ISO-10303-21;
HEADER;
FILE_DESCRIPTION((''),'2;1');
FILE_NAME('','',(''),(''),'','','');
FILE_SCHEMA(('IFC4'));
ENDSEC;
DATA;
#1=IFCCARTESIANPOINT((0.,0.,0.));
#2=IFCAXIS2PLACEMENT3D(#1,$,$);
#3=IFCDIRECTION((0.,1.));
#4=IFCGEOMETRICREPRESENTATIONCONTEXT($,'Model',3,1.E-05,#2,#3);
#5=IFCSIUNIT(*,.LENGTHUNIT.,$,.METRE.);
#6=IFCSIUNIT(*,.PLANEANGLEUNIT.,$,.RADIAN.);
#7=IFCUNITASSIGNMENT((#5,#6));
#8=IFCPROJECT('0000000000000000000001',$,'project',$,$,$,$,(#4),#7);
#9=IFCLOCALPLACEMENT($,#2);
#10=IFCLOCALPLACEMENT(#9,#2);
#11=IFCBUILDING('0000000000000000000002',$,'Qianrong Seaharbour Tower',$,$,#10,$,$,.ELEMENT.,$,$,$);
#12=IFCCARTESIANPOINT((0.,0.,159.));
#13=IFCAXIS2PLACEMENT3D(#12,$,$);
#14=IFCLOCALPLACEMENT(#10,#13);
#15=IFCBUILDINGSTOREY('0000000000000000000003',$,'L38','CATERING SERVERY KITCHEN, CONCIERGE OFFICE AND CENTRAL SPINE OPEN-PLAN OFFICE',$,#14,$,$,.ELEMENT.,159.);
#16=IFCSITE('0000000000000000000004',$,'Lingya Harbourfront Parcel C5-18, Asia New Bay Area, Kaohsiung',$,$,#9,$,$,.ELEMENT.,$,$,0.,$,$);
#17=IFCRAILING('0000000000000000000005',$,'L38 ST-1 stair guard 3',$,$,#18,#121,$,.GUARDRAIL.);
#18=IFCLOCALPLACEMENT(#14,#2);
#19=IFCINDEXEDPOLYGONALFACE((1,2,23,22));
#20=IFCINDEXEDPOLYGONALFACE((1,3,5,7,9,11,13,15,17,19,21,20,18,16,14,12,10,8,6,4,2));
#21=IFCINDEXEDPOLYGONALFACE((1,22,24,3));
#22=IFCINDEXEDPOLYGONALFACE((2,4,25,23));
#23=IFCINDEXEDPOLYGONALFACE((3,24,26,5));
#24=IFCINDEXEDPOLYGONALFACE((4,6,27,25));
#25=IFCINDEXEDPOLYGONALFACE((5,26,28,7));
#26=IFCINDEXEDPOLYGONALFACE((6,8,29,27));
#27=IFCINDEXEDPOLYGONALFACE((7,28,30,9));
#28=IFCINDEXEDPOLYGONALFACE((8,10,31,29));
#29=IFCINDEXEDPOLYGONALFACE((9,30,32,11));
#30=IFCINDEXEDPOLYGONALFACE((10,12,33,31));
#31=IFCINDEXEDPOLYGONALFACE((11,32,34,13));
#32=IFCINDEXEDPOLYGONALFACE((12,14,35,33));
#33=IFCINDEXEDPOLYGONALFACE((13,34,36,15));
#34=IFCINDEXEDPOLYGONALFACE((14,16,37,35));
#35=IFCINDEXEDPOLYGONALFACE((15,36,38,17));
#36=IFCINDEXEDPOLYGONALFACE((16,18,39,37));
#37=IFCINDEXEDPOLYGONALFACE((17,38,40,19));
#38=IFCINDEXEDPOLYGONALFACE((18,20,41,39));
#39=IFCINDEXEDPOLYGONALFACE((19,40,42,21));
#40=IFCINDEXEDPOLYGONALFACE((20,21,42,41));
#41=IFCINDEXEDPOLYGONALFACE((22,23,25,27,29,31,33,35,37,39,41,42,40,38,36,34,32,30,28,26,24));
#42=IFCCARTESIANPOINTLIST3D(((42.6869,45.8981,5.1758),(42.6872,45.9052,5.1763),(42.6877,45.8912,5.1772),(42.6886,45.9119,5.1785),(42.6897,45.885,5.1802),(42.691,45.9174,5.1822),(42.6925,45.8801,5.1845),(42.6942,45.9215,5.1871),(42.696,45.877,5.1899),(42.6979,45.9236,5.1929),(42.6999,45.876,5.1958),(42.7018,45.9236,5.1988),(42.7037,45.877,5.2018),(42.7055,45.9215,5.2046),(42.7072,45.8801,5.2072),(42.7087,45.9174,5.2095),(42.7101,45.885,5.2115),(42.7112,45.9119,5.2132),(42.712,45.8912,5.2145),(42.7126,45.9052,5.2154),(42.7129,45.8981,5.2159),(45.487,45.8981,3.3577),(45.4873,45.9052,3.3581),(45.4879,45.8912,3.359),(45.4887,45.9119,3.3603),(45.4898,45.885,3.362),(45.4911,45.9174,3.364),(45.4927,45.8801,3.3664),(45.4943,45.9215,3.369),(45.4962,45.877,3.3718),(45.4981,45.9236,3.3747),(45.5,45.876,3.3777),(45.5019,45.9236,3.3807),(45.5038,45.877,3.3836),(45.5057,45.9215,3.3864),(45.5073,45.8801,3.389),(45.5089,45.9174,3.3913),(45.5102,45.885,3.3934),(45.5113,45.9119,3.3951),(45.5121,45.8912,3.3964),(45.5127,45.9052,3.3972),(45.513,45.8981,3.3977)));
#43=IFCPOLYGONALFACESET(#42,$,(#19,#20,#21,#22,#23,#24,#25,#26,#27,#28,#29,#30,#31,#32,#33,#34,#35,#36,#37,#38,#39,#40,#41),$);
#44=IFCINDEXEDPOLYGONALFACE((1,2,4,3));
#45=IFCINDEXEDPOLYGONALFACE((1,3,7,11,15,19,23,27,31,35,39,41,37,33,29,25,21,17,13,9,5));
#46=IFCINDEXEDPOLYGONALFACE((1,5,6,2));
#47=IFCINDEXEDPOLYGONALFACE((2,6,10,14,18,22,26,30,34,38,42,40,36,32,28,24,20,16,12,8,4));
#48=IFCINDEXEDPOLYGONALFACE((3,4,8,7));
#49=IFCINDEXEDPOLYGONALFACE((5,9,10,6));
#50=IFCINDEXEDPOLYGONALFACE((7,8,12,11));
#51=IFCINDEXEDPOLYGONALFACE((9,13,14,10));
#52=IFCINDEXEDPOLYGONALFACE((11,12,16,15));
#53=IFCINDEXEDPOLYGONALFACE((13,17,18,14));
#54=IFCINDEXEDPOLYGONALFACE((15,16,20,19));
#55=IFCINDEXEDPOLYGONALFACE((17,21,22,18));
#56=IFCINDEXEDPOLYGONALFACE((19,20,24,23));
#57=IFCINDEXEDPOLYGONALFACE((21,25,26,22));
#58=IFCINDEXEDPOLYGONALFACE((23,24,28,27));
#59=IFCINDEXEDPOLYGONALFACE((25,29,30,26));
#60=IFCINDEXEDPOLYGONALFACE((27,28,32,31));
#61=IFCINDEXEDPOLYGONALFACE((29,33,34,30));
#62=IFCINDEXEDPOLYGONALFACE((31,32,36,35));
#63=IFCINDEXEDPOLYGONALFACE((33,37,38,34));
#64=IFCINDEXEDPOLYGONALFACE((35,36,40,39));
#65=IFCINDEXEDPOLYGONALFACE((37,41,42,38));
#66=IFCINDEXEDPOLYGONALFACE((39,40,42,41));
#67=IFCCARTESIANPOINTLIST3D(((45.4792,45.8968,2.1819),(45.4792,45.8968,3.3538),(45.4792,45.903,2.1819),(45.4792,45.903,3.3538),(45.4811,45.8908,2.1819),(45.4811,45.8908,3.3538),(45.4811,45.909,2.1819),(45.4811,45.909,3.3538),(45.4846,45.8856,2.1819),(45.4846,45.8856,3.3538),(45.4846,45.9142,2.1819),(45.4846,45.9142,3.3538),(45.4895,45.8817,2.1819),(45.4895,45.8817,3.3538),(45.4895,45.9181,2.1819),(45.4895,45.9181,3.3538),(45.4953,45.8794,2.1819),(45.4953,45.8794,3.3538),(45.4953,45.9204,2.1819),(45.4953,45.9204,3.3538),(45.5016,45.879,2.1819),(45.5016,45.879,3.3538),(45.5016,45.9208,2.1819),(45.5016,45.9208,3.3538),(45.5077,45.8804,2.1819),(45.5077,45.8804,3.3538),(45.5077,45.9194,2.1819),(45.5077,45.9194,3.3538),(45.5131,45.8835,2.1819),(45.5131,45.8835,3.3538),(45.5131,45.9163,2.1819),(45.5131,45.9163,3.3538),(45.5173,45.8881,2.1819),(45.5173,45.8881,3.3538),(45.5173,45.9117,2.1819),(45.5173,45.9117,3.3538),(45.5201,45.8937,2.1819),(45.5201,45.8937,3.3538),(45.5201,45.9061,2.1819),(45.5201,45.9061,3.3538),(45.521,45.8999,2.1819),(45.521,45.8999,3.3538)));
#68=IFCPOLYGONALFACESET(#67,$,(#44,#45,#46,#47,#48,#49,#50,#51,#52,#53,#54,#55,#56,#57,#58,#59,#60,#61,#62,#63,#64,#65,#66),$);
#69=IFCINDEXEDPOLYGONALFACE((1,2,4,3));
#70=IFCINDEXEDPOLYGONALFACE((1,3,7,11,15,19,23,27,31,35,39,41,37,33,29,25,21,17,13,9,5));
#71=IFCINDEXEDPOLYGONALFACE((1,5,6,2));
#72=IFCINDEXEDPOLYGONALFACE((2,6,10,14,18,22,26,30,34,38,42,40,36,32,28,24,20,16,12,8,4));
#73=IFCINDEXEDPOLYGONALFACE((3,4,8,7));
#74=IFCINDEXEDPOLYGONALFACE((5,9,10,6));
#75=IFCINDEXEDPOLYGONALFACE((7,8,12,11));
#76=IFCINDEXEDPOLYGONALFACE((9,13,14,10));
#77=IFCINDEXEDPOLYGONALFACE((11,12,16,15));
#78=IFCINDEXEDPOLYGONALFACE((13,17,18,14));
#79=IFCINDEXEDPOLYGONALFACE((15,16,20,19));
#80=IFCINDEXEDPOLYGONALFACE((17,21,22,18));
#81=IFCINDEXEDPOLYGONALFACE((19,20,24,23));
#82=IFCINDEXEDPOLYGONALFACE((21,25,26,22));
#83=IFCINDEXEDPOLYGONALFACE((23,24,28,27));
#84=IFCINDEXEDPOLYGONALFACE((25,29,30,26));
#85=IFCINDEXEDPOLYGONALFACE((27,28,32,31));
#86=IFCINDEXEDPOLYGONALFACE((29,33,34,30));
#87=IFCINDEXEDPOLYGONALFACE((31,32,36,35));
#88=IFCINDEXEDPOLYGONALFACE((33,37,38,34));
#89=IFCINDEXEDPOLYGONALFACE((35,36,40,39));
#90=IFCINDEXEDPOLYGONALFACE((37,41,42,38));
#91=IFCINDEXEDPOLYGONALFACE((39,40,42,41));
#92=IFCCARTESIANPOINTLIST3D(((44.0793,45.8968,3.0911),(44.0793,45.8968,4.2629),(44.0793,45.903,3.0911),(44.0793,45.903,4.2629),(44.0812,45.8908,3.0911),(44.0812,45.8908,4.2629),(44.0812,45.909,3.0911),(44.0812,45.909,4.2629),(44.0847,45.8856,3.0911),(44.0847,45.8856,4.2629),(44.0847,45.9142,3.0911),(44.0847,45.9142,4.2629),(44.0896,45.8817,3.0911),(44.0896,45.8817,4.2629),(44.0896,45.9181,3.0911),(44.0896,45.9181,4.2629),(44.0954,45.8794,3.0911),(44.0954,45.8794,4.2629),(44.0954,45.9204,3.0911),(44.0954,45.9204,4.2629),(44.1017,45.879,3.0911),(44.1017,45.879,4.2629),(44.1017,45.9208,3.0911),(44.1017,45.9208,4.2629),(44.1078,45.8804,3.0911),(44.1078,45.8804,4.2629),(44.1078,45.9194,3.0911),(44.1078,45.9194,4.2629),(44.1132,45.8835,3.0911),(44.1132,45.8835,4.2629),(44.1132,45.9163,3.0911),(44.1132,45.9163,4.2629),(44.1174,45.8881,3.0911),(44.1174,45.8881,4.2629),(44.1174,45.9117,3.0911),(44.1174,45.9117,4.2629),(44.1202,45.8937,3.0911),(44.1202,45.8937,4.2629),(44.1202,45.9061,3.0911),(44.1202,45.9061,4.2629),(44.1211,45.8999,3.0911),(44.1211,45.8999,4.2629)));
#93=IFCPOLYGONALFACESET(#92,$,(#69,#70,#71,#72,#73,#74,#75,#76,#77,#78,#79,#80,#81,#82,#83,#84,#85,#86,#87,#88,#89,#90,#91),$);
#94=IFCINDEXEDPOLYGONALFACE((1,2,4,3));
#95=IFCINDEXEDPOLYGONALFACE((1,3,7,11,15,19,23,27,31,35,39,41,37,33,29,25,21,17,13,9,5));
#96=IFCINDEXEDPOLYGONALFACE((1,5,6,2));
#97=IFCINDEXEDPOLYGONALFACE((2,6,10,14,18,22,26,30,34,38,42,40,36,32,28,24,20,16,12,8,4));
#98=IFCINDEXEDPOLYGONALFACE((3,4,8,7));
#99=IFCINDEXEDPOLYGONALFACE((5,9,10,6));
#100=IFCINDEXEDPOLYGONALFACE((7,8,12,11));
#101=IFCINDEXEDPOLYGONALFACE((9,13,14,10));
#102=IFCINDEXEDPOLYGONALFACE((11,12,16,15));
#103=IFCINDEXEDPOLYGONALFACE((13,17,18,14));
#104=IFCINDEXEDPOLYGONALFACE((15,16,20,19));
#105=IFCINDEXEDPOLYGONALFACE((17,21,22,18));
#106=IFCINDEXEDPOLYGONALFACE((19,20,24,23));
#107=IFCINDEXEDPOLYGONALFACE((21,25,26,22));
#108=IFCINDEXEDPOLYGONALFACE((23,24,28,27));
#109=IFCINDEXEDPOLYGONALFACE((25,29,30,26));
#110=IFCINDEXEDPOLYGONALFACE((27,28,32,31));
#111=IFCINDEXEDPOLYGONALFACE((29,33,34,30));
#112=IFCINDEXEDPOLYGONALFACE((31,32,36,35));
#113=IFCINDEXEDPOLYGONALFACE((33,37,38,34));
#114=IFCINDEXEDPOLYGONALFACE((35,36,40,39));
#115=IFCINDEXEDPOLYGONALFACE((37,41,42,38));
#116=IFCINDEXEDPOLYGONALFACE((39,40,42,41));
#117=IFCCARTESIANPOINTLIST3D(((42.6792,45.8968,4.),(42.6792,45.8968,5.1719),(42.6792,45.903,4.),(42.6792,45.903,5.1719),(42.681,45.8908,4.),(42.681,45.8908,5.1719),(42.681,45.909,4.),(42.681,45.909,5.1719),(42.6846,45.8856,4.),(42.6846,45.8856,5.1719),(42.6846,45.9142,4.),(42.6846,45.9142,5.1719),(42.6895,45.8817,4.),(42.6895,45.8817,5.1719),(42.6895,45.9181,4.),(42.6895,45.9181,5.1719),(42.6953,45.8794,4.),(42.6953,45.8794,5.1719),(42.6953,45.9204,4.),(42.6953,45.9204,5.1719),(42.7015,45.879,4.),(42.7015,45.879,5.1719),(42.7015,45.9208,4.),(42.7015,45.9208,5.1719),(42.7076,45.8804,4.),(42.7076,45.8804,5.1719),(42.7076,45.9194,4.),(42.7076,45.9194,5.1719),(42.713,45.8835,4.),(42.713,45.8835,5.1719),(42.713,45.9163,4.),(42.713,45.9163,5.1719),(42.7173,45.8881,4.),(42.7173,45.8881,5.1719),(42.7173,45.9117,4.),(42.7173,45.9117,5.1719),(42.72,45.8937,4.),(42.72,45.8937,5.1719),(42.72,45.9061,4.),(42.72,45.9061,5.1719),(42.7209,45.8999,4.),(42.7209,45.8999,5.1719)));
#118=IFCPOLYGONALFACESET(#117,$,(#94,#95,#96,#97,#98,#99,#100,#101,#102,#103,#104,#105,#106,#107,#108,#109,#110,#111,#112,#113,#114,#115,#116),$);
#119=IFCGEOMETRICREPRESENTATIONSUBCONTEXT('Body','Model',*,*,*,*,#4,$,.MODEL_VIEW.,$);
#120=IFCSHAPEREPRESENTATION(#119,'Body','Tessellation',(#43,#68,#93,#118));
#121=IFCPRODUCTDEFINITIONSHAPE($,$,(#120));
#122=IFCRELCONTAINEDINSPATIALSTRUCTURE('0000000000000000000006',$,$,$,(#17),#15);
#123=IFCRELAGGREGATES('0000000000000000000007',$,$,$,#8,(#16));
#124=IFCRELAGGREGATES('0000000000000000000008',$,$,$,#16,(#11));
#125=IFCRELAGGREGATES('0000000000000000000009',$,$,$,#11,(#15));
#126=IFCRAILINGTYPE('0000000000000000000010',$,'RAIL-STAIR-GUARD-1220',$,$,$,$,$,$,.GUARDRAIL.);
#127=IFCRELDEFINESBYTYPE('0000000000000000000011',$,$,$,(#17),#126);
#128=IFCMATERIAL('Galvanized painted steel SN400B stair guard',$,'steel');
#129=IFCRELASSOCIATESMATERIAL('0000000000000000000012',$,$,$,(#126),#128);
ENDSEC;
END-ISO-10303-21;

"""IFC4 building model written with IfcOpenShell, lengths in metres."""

from ifc_helpers import new_model, si_unit, direction, frame, origin, origin_2d, place, context, subcontext, project, spatial, circle, extrude, material, type_object, element, save


model = new_model("IFC4")

# Units and contexts
model_context = context("Model", 3, precision=1e-05, world=origin(), true_north=direction((0.0, 1.0)))
body_context = subcontext(model_context, "Body", "Model", "MODEL_VIEW")
ifc_project = project(units=[si_unit("LENGTHUNIT", "METRE"), si_unit("PLANEANGLEUNIT", "RADIAN")], contexts=[model_context])

# Site, building, storey
site_placement = place(None, origin())
site = spatial("IfcSite", under=ifc_project, at=site_placement, Name="Lingya Harbourfront Parcel C5-18, Asia New Bay Area, Kaohsiung", CompositionType="ELEMENT", RefElevation=0.0)
building_placement = place(site_placement, origin())
building = spatial("IfcBuilding", under=site, at=building_placement, Name="Qianrong Seaharbour Tower", CompositionType="ELEMENT")
storey_placement = place(building_placement, frame((0.0, 0.0, 159.0)))
storey = spatial("IfcBuildingStorey", under=building, at=storey_placement, Name="L38", Description="CATERING SERVERY KITCHEN, CONCIERGE OFFICE AND CENTRAL SPINE OPEN-PLAN OFFICE", CompositionType="ELEMENT", Elevation=159.0)

# Railing
ifc_material_1 = material(Name="Galvanized painted steel SN400B stair guard", Category="steel")
railing_type_1 = type_object("IfcRailingType", Name="RAIL-STAIR-GUARD-1220", PredefinedType="GUARDRAIL", material=ifc_material_1)
railing_1_placement = place(storey_placement, frame((45.5, 45.8999, 2.1819)))
element("IfcRailing", 1, at=railing_1_placement, inside=storey, type_object=railing_type_1, Name="L38 ST-1 stair guard 3", PredefinedType="GUARDRAIL", context=body_context, shape_type="SweptSolid", body=[
    extrude(circle(Radius=0.0239, at=origin_2d()), frame((0.0, 0.0, 1.1958), z_axis=(-0.838706, 0.0, 0.544585), x_axis=(0.0, -1.0, 0.0)), (0.0, 0.0, 1.0), 3.3386),
    extrude(circle(Radius=0.021, at=origin_2d()), origin(), (0.0, 0.0, 1.0), 1.1719),
    extrude(circle(Radius=0.021, at=origin_2d()), frame((-1.3999, 0.0, 0.9092)), (0.0, 0.0, 1.0), 1.1719),
    extrude(circle(Radius=0.021, at=origin_2d()), frame((-2.8, 0.0, 1.8181)), (0.0, 0.0, 1.0), 1.1719),
])

save(model, "model.ifc")
